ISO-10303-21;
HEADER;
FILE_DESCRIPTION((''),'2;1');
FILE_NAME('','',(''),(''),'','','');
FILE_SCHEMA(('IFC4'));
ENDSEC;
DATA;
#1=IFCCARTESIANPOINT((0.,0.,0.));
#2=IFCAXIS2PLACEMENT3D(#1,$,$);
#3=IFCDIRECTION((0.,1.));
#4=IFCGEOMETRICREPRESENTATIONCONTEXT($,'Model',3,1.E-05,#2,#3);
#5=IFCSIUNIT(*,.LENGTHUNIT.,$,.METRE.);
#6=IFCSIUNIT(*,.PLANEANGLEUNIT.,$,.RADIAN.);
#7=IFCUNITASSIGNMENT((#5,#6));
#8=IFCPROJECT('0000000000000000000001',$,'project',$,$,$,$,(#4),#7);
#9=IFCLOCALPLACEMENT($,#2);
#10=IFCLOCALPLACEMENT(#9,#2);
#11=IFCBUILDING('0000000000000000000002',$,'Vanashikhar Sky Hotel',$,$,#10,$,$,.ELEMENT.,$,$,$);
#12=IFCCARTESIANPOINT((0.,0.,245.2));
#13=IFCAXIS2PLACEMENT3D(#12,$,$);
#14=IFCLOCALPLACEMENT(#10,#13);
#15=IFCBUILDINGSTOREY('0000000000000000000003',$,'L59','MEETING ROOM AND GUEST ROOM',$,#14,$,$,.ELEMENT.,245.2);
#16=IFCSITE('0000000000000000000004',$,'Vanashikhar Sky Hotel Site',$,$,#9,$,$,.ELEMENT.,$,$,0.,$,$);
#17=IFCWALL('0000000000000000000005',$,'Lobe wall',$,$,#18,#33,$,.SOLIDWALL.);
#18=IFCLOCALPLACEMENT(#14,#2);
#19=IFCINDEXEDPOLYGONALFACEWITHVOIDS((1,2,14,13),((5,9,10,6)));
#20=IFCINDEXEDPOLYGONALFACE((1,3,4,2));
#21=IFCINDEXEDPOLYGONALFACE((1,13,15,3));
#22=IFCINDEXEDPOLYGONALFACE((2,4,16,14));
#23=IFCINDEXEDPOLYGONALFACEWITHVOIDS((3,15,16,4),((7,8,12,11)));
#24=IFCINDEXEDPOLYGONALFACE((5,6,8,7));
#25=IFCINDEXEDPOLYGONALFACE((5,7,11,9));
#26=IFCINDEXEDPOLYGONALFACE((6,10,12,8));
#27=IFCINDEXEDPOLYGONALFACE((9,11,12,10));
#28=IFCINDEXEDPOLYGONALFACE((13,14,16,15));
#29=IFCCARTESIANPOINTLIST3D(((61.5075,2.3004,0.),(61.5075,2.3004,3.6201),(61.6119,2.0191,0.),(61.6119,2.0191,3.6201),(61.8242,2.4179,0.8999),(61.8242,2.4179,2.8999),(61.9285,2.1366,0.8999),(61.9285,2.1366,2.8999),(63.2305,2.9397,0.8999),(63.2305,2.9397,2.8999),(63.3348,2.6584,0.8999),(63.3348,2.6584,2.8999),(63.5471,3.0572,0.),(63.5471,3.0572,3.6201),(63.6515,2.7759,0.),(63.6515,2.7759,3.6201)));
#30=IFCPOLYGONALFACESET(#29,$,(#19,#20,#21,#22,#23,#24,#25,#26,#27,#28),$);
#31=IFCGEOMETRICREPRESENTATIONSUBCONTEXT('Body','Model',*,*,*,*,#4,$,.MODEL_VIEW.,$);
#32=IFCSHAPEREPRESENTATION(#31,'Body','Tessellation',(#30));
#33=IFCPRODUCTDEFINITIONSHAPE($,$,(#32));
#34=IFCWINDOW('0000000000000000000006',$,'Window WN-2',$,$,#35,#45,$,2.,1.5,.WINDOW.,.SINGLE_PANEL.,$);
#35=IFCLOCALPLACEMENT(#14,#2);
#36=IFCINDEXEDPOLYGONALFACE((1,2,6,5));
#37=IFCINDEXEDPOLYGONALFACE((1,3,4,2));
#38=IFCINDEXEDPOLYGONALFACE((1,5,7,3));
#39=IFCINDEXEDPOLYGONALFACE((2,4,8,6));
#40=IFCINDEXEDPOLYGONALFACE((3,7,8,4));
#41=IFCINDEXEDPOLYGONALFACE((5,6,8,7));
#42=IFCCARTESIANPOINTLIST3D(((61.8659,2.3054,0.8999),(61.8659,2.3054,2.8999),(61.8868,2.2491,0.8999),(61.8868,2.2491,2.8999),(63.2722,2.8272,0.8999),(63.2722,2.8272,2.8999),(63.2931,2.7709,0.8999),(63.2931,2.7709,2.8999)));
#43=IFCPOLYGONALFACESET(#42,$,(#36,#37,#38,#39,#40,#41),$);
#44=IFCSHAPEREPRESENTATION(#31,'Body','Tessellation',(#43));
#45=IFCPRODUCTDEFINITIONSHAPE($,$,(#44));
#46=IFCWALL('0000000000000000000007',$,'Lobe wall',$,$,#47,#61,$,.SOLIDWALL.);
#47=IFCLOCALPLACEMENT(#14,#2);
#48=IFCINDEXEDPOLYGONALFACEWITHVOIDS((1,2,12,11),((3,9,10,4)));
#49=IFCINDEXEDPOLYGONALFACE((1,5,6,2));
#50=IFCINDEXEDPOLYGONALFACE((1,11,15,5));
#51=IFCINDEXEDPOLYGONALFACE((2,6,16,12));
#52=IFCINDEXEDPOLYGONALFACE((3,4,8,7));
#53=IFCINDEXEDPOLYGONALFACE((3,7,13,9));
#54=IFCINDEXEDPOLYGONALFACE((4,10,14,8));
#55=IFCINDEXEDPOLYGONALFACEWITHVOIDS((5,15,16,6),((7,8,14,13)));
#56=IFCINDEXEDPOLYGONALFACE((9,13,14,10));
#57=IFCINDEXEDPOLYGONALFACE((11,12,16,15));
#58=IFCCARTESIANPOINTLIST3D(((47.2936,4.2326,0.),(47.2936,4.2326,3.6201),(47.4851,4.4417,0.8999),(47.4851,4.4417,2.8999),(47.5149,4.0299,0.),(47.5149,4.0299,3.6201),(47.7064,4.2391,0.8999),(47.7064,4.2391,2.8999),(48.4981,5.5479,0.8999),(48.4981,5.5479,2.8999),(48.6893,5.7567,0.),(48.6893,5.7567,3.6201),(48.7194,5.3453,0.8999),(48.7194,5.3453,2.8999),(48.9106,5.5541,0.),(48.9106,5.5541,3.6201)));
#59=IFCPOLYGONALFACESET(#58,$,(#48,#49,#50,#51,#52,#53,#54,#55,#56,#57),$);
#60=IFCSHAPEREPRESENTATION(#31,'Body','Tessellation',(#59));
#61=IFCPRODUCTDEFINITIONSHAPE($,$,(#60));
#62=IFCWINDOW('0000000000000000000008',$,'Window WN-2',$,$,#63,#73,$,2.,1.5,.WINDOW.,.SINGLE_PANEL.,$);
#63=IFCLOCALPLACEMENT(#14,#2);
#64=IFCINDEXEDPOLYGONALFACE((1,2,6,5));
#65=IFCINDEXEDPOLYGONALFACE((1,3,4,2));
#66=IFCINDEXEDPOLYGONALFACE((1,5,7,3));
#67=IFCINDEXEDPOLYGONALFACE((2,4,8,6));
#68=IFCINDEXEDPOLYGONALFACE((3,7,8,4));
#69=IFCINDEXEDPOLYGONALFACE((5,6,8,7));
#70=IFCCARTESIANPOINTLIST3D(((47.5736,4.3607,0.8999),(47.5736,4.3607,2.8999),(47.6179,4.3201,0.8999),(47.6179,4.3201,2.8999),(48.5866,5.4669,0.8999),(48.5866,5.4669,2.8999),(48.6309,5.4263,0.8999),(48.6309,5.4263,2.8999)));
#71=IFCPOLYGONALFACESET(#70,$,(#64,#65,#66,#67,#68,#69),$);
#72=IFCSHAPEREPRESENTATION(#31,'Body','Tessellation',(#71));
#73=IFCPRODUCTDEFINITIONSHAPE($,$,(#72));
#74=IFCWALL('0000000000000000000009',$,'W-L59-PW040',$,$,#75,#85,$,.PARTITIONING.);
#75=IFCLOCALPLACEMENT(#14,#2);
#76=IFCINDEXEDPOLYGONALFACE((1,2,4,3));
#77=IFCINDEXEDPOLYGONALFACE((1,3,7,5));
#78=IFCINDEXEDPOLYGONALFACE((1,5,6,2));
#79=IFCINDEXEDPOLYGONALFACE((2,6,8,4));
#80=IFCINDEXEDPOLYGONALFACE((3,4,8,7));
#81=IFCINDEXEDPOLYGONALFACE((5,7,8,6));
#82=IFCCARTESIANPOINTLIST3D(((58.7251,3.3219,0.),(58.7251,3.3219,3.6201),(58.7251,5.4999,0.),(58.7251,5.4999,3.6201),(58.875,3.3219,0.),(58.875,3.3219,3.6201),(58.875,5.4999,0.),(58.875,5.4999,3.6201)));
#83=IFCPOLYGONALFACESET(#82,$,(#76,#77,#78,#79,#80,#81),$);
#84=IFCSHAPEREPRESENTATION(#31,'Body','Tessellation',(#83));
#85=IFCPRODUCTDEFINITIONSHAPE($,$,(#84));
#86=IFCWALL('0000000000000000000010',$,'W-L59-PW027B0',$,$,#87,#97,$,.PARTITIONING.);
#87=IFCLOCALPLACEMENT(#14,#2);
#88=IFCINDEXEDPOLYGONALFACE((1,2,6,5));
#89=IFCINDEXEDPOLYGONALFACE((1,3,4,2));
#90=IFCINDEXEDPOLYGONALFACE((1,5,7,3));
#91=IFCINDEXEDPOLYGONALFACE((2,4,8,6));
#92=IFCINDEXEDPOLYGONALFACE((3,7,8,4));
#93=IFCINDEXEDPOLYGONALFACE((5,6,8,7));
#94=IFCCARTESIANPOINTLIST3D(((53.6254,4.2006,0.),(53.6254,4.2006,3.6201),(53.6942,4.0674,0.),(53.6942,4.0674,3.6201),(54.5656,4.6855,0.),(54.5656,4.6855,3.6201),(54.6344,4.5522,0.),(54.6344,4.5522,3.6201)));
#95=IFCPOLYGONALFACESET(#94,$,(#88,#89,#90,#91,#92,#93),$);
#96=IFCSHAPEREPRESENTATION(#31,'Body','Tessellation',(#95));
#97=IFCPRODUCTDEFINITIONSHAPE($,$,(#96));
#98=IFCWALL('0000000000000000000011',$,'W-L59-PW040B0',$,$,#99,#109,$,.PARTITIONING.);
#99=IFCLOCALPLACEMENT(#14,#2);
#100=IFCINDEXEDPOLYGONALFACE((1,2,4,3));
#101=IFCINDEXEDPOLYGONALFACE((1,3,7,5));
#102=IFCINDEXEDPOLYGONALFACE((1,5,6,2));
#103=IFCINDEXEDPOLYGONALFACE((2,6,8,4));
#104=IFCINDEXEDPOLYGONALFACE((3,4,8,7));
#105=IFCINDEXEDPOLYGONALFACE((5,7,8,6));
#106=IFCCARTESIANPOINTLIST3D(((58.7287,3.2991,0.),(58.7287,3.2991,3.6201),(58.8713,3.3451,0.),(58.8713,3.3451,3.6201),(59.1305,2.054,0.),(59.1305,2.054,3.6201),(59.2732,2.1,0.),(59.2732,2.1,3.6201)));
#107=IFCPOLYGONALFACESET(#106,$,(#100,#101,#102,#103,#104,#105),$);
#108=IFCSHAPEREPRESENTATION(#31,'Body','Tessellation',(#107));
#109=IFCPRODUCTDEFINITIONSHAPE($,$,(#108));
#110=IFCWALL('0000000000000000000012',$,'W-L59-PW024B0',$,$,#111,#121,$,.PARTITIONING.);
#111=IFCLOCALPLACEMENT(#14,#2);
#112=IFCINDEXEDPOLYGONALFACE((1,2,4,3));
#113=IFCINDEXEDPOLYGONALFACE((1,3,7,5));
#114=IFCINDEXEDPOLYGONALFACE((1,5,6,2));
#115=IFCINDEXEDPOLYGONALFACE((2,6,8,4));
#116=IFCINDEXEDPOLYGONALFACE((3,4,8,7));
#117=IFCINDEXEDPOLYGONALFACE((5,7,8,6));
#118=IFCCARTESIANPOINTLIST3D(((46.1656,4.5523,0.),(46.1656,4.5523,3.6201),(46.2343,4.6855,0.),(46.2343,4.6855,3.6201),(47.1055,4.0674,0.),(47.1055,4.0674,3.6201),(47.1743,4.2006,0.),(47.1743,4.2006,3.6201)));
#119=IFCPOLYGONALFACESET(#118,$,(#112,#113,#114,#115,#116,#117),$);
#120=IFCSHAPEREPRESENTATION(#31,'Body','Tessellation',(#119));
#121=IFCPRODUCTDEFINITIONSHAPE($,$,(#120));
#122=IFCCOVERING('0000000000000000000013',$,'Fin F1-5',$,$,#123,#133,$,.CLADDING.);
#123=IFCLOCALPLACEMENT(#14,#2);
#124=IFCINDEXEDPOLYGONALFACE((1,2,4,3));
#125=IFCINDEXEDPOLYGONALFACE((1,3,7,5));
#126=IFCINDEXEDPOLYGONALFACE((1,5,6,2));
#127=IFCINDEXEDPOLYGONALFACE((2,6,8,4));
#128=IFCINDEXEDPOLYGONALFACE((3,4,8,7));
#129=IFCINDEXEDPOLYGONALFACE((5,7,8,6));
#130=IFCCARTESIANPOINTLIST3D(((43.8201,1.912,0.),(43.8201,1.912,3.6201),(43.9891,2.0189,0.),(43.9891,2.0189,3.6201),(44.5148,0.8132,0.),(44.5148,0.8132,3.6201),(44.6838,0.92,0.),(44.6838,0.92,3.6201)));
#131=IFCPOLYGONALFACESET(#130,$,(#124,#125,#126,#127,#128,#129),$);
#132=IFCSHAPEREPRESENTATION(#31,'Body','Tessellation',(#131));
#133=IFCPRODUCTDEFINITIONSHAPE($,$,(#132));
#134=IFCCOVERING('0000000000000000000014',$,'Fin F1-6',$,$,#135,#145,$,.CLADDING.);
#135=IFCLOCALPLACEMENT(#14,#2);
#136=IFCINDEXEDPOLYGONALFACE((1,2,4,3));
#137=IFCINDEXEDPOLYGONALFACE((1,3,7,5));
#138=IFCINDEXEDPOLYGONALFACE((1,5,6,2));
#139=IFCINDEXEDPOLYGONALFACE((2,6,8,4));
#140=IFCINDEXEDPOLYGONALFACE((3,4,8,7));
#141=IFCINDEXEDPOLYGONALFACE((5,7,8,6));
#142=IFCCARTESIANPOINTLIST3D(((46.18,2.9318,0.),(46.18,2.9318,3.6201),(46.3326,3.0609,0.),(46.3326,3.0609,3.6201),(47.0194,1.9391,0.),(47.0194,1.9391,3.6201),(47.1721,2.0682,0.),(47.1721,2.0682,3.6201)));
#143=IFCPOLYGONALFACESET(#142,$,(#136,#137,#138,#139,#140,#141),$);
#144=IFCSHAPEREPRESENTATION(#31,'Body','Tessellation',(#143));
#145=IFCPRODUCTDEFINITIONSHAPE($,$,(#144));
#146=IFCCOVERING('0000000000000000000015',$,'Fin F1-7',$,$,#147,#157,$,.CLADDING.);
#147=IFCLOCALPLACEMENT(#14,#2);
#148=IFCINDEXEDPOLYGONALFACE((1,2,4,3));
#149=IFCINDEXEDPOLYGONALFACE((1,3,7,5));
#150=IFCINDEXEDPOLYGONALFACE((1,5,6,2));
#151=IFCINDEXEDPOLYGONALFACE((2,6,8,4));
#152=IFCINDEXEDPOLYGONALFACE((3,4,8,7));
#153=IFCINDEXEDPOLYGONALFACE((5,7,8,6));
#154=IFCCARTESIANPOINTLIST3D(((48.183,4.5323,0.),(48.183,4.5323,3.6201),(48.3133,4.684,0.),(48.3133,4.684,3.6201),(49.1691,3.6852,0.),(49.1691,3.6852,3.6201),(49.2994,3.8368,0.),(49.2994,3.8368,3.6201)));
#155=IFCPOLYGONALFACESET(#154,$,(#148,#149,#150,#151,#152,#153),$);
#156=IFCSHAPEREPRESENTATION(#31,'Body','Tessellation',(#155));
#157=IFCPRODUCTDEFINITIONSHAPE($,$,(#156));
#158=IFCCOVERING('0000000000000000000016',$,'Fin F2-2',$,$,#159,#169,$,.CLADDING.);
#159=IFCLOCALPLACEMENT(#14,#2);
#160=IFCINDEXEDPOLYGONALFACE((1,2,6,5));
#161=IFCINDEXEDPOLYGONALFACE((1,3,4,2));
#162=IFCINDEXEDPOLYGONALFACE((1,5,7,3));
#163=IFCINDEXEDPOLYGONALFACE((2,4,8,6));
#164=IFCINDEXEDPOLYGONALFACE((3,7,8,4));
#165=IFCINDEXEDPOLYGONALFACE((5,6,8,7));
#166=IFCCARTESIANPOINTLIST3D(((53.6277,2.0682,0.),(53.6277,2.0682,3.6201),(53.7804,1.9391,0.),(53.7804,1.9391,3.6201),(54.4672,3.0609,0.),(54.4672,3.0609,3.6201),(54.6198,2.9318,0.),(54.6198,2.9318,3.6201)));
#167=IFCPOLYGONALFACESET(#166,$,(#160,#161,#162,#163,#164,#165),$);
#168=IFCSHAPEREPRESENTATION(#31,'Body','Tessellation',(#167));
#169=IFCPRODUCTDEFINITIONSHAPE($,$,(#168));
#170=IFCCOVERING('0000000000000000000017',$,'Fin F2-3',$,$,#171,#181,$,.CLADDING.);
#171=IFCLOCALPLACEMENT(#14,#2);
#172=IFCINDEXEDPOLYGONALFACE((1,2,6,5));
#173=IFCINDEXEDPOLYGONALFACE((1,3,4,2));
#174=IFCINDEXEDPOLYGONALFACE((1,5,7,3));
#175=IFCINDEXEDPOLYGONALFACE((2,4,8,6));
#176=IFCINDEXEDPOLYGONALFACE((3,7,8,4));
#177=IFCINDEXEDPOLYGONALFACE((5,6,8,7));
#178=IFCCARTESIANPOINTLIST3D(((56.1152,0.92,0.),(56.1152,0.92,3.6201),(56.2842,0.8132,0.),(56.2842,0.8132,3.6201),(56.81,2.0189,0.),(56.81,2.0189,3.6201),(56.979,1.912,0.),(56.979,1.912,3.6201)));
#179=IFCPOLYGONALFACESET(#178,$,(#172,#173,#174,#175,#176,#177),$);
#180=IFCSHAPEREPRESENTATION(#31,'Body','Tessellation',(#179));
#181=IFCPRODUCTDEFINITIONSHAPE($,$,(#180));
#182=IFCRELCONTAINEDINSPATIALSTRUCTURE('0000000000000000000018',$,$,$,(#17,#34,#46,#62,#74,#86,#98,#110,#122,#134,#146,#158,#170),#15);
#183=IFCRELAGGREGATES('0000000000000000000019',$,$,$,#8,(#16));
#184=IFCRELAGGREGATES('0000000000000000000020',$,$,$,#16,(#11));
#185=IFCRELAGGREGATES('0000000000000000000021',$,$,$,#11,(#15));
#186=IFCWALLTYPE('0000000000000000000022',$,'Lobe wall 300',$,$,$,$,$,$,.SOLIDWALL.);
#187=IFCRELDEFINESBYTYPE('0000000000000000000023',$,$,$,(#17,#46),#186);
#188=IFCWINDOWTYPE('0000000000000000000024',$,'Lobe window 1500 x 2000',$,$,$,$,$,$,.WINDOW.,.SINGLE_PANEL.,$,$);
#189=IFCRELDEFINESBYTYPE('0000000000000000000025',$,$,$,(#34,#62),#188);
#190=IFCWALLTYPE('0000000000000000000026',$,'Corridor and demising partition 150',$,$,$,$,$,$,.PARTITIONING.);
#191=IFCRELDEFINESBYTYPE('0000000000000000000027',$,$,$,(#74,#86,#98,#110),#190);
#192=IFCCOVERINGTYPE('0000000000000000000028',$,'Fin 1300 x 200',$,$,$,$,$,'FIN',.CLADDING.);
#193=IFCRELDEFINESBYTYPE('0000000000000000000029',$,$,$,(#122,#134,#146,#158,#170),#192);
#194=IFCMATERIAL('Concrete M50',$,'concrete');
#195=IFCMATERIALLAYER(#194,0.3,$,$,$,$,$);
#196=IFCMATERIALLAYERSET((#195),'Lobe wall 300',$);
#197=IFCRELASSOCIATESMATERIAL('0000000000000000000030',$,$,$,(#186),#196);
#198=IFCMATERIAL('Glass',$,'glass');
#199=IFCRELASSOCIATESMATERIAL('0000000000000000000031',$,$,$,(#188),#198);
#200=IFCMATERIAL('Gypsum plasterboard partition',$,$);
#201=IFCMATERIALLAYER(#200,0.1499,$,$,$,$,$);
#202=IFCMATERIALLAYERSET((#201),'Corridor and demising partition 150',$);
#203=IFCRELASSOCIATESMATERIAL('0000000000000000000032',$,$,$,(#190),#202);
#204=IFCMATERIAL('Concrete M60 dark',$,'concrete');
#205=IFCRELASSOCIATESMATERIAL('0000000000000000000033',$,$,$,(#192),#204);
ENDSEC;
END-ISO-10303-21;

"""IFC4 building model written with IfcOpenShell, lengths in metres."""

from ifc_helpers import new_model, si_unit, direction, frame, frame_2d, origin, origin_2d, place, context, subcontext, project, spatial, rectangle, extrude, source, transform, mapped, material, layer, layer_set, material_profile, profile_set, type_object, element, fill, save


model = new_model("IFC4")

# Units and contexts
model_context = context("Model", 3, precision=1e-05, world=origin(), true_north=direction((0.0, 1.0)))
body_context = subcontext(model_context, "Body", "Model", "MODEL_VIEW")
ifc_project = project(units=[si_unit("LENGTHUNIT", "METRE"), si_unit("PLANEANGLEUNIT", "RADIAN")], contexts=[model_context])

# Site, building, storey
site_placement = place(None, origin())
site = spatial("IfcSite", under=ifc_project, at=site_placement, Name="Vanashikhar Sky Hotel Site", CompositionType="ELEMENT", RefElevation=0.0)
building_placement = place(site_placement, origin())
building = spatial("IfcBuilding", under=site, at=building_placement, Name="Vanashikhar Sky Hotel", CompositionType="ELEMENT")
storey_placement = place(building_placement, frame((0.0, 0.0, 245.2)))
storey = spatial("IfcBuildingStorey", under=building, at=storey_placement, Name="L59", Description="MEETING ROOM AND GUEST ROOM", CompositionType="ELEMENT", Elevation=245.2)

# Walls, openings, windows
ifc_material_1 = material(Name="Concrete M50", Category="concrete")
ifc_layer_1 = layer(ifc_material_1, 0.3)
ifc_layer_set_1 = layer_set([ifc_layer_1], Name="Lobe wall 300")
wall_type_1 = type_object("IfcWallType", Name="Lobe wall 300", PredefinedType="SOLIDWALL", material=ifc_layer_set_1)
shared_shape_1 = source(origin(), body_context, "Body", "SweptSolid", [
    extrude(rectangle(XDim=1.5, YDim=2.0, at=frame_2d((0.75, 1.0))), frame((0.0, 0.1602, 0.0), z_axis=(0.0, -1.0, 0.0), x_axis=(1.0, 0.0, 0.0)), (0.0, 0.0, 1.0), 0.3201),
])
ifc_material_2 = material(Name="Glass", Category="glass")
window_type = type_object("IfcWindowType", Name="Lobe window 1500 x 2000", PartitioningType="SINGLE_PANEL", PredefinedType="WINDOW", material=ifc_material_2)
shared_shape_2 = source(origin(), body_context, "Body", "SweptSolid", [
    extrude(rectangle(XDim=1.5, YDim=2.0, at=frame_2d((0.75, 1.0))), frame((0.0, 0.03, 0.0), z_axis=(0.0, -1.0, 0.0), x_axis=(1.0, 0.0, 0.0)), (0.0, 0.0, 1.0), 0.0601),
])
shared_shape_3 = source(origin(), body_context, "Body", "SweptSolid", [
    extrude(rectangle(XDim=2.1755, YDim=0.3, at=frame_2d((1.0879, 0.0))), origin(), (0.0, 0.0, 1.0), 3.6201),
])
wall_1_placement = place(storey_placement, frame((61.5596, 2.1597, 0.0), z_axis=(0.0, 0.0, 1.0), x_axis=(0.937532, 0.347899, 0.0)))
wall_1 = element("IfcWall", 1, at=wall_1_placement, inside=storey, type_object=wall_type_1, Name="Lobe wall", PredefinedType="SOLIDWALL", context=body_context, shape_type="MappedRepresentation", body=[
    mapped(shared_shape_3, transform((0.0, 0.0, 0.0), scale=1.0)),
])
opening_1_placement = place(wall_1_placement, frame((0.3379, 0.0, 0.8999)))
opening_1 = element("IfcOpeningElement", 2, at=opening_1_placement, cuts=wall_1, PredefinedType="OPENING", context=body_context, shape_type="MappedRepresentation", body=[
    mapped(shared_shape_1, transform((0.0, 0.0, 0.0), scale=1.0)),
])
window_1_placement = place(opening_1_placement, origin())
window_1 = element("IfcWindow", 3, at=window_1_placement, inside=storey, type_object=window_type, Name="Window WN-2", OverallHeight=2.0, OverallWidth=1.5, PartitioningType="SINGLE_PANEL", PredefinedType="WINDOW", context=body_context, shape_type="MappedRepresentation", body=[
    mapped(shared_shape_2, transform((0.0, 0.0, 0.0), scale=1.0)),
])
fill(opening_1, window_1)
shared_shape_4 = source(origin(), body_context, "Body", "SweptSolid", [
    extrude(rectangle(XDim=2.0667, YDim=0.3, at=frame_2d((1.0332, 0.0))), origin(), (0.0, 0.0, 1.0), 3.6201),
])
wall_2_placement = place(storey_placement, frame((47.4043, 4.1313, 0.0), z_axis=(0.0, 0.0, 1.0), x_axis=(0.675355, 0.737492, 0.0)))
wall_2 = element("IfcWall", 4, at=wall_2_placement, inside=storey, type_object=wall_type_1, Name="Lobe wall", PredefinedType="SOLIDWALL", context=body_context, shape_type="MappedRepresentation", body=[
    mapped(shared_shape_4, transform((0.0, 0.0, 0.0), scale=1.0)),
])
opening_2_placement = place(wall_2_placement, frame((0.2834, 0.0, 0.8999)))
opening_2 = element("IfcOpeningElement", 5, at=opening_2_placement, cuts=wall_2, PredefinedType="OPENING", context=body_context, shape_type="MappedRepresentation", body=[
    mapped(shared_shape_1, transform((0.0, 0.0, 0.0), scale=1.0)),
])
window_2_placement = place(opening_2_placement, origin())
window_2 = element("IfcWindow", 6, at=window_2_placement, inside=storey, type_object=window_type, Name="Window WN-2", OverallHeight=2.0, OverallWidth=1.5, PartitioningType="SINGLE_PANEL", PredefinedType="WINDOW", context=body_context, shape_type="MappedRepresentation", body=[
    mapped(shared_shape_2, transform((0.0, 0.0, 0.0), scale=1.0)),
])
fill(opening_2, window_2)

# Walls
ifc_material_3 = material(Name="Gypsum plasterboard partition")
ifc_layer_2 = layer(ifc_material_3, 0.1499)
ifc_layer_set_2 = layer_set([ifc_layer_2], Name="Corridor and demising partition 150")
wall_type_2 = type_object("IfcWallType", Name="Corridor and demising partition 150", PredefinedType="PARTITIONING", material=ifc_layer_set_2)
shared_shape_5 = source(origin(), body_context, "Body", "SweptSolid", [
    extrude(rectangle(XDim=2.178, YDim=0.1499, at=frame_2d((1.0889, 0.0))), origin(), (0.0, 0.0, 1.0), 3.6201),
])
wall_3_placement = place(storey_placement, frame((58.8, 3.322, 0.0), z_axis=(0.0, 0.0, 1.0), x_axis=(0.0, 1.0, 0.0)))
element("IfcWall", 7, at=wall_3_placement, inside=storey, type_object=wall_type_2, Name="W-L59-PW040", PredefinedType="PARTITIONING", context=body_context, shape_type="MappedRepresentation", body=[
    mapped(shared_shape_5, transform((0.0, 0.0, 0.0), scale=1.0)),
])
shared_shape_6 = source(origin(), body_context, "Body", "SweptSolid", [
    extrude(rectangle(XDim=1.0579, YDim=0.1499, at=frame_2d((0.5288, 0.0))), origin(), (0.0, 0.0, 1.0), 3.6201),
])
wall_4_placement = place(storey_placement, frame((53.6599, 4.134, 0.0), z_axis=(0.0, 0.0, 1.0), x_axis=(0.888772, 0.458349, 0.0)))
element("IfcWall", 8, at=wall_4_placement, inside=storey, type_object=wall_type_2, Name="W-L59-PW027B0", PredefinedType="PARTITIONING", context=body_context, shape_type="MappedRepresentation", body=[
    mapped(shared_shape_6, transform((0.0, 0.0, 0.0), scale=1.0)),
])
shared_shape_7 = source(origin(), body_context, "Body", "SweptSolid", [
    extrude(rectangle(XDim=1.3083, YDim=0.1499, at=frame_2d((0.6543, 0.0))), origin(), (0.0, 0.0, 1.0), 3.6201),
])
wall_5_placement = place(storey_placement, frame((59.2019, 2.0769, 0.0), z_axis=(0.0, 0.0, 1.0), x_axis=(-0.307145, 0.951663, 0.0)))
element("IfcWall", 9, at=wall_5_placement, inside=storey, type_object=wall_type_2, Name="W-L59-PW040B0", PredefinedType="PARTITIONING", context=body_context, shape_type="MappedRepresentation", body=[
    mapped(shared_shape_7, transform((0.0, 0.0, 0.0), scale=1.0)),
])
shared_shape_8 = source(origin(), body_context, "Body", "SweptSolid", [
    extrude(rectangle(XDim=1.0576, YDim=0.1499, at=frame_2d((0.5288, 0.0))), origin(), (0.0, 0.0, 1.0), 3.6201),
])
wall_6_placement = place(storey_placement, frame((47.1399, 4.134, 0.0), z_axis=(0.0, 0.0, 1.0), x_axis=(-0.888724, 0.458443, 0.0)))
element("IfcWall", 10, at=wall_6_placement, inside=storey, type_object=wall_type_2, Name="W-L59-PW024B0", PredefinedType="PARTITIONING", context=body_context, shape_type="MappedRepresentation", body=[
    mapped(shared_shape_8, transform((0.0, 0.0, 0.0), scale=1.0)),
])

# Coverings
ifc_material_4 = material(Name="Concrete M60 dark", Category="concrete")
ifc_material_profile = material_profile(ifc_material_4, rectangle(XDim=1.3, YDim=0.2, at=origin_2d()))
ifc_profile_set = profile_set([ifc_material_profile], Name="Fin 1300 x 200")
covering_type = type_object("IfcCoveringType", Name="Fin 1300 x 200", ElementType="FIN", PredefinedType="CLADDING", material=ifc_profile_set)
shared_shape_9 = source(origin(), body_context, "Body", "SweptSolid", [
    extrude(rectangle(XDim=1.3, YDim=0.2, at=origin_2d()), origin(), (0.0, 0.0, 1.0), 3.6201),
])
for number, where, z_axis, x_axis, name in (
    (11, (44.252, 1.416, 0.0), (0.0, 0.0, 1.0), (0.534411, -0.845225, 0.0), "Fin F1-5"),
    (12, (46.676, 2.5, 0.0), (0.0, 0.0, 1.0), (0.645698, -0.763593, 0.0), "Fin F1-6"),
    (13, (48.7412, 4.1846, 0.0), (0.0, 0.0, 1.0), (0.758544, -0.651622, 0.0), "Fin F1-7"),
    (14, (54.1238, 2.5, 0.0), (0.0, 0.0, 1.0), (-0.645698, -0.763593, 0.0), "Fin F2-2"),
    (15, (56.5471, 1.416, 0.0), (0.0, 0.0, 1.0), (-0.534411, -0.845225, 0.0), "Fin F2-3"),
):
    element("IfcCovering", number, at=place(storey_placement, frame(where, z_axis=z_axis, x_axis=x_axis)), inside=storey, type_object=covering_type, Name=name, PredefinedType="CLADDING", context=body_context, shape_type="MappedRepresentation", body=[
        mapped(shared_shape_9, transform((0.0, 0.0, 0.0), scale=1.0)),
    ])

save(model, "model.ifc")
